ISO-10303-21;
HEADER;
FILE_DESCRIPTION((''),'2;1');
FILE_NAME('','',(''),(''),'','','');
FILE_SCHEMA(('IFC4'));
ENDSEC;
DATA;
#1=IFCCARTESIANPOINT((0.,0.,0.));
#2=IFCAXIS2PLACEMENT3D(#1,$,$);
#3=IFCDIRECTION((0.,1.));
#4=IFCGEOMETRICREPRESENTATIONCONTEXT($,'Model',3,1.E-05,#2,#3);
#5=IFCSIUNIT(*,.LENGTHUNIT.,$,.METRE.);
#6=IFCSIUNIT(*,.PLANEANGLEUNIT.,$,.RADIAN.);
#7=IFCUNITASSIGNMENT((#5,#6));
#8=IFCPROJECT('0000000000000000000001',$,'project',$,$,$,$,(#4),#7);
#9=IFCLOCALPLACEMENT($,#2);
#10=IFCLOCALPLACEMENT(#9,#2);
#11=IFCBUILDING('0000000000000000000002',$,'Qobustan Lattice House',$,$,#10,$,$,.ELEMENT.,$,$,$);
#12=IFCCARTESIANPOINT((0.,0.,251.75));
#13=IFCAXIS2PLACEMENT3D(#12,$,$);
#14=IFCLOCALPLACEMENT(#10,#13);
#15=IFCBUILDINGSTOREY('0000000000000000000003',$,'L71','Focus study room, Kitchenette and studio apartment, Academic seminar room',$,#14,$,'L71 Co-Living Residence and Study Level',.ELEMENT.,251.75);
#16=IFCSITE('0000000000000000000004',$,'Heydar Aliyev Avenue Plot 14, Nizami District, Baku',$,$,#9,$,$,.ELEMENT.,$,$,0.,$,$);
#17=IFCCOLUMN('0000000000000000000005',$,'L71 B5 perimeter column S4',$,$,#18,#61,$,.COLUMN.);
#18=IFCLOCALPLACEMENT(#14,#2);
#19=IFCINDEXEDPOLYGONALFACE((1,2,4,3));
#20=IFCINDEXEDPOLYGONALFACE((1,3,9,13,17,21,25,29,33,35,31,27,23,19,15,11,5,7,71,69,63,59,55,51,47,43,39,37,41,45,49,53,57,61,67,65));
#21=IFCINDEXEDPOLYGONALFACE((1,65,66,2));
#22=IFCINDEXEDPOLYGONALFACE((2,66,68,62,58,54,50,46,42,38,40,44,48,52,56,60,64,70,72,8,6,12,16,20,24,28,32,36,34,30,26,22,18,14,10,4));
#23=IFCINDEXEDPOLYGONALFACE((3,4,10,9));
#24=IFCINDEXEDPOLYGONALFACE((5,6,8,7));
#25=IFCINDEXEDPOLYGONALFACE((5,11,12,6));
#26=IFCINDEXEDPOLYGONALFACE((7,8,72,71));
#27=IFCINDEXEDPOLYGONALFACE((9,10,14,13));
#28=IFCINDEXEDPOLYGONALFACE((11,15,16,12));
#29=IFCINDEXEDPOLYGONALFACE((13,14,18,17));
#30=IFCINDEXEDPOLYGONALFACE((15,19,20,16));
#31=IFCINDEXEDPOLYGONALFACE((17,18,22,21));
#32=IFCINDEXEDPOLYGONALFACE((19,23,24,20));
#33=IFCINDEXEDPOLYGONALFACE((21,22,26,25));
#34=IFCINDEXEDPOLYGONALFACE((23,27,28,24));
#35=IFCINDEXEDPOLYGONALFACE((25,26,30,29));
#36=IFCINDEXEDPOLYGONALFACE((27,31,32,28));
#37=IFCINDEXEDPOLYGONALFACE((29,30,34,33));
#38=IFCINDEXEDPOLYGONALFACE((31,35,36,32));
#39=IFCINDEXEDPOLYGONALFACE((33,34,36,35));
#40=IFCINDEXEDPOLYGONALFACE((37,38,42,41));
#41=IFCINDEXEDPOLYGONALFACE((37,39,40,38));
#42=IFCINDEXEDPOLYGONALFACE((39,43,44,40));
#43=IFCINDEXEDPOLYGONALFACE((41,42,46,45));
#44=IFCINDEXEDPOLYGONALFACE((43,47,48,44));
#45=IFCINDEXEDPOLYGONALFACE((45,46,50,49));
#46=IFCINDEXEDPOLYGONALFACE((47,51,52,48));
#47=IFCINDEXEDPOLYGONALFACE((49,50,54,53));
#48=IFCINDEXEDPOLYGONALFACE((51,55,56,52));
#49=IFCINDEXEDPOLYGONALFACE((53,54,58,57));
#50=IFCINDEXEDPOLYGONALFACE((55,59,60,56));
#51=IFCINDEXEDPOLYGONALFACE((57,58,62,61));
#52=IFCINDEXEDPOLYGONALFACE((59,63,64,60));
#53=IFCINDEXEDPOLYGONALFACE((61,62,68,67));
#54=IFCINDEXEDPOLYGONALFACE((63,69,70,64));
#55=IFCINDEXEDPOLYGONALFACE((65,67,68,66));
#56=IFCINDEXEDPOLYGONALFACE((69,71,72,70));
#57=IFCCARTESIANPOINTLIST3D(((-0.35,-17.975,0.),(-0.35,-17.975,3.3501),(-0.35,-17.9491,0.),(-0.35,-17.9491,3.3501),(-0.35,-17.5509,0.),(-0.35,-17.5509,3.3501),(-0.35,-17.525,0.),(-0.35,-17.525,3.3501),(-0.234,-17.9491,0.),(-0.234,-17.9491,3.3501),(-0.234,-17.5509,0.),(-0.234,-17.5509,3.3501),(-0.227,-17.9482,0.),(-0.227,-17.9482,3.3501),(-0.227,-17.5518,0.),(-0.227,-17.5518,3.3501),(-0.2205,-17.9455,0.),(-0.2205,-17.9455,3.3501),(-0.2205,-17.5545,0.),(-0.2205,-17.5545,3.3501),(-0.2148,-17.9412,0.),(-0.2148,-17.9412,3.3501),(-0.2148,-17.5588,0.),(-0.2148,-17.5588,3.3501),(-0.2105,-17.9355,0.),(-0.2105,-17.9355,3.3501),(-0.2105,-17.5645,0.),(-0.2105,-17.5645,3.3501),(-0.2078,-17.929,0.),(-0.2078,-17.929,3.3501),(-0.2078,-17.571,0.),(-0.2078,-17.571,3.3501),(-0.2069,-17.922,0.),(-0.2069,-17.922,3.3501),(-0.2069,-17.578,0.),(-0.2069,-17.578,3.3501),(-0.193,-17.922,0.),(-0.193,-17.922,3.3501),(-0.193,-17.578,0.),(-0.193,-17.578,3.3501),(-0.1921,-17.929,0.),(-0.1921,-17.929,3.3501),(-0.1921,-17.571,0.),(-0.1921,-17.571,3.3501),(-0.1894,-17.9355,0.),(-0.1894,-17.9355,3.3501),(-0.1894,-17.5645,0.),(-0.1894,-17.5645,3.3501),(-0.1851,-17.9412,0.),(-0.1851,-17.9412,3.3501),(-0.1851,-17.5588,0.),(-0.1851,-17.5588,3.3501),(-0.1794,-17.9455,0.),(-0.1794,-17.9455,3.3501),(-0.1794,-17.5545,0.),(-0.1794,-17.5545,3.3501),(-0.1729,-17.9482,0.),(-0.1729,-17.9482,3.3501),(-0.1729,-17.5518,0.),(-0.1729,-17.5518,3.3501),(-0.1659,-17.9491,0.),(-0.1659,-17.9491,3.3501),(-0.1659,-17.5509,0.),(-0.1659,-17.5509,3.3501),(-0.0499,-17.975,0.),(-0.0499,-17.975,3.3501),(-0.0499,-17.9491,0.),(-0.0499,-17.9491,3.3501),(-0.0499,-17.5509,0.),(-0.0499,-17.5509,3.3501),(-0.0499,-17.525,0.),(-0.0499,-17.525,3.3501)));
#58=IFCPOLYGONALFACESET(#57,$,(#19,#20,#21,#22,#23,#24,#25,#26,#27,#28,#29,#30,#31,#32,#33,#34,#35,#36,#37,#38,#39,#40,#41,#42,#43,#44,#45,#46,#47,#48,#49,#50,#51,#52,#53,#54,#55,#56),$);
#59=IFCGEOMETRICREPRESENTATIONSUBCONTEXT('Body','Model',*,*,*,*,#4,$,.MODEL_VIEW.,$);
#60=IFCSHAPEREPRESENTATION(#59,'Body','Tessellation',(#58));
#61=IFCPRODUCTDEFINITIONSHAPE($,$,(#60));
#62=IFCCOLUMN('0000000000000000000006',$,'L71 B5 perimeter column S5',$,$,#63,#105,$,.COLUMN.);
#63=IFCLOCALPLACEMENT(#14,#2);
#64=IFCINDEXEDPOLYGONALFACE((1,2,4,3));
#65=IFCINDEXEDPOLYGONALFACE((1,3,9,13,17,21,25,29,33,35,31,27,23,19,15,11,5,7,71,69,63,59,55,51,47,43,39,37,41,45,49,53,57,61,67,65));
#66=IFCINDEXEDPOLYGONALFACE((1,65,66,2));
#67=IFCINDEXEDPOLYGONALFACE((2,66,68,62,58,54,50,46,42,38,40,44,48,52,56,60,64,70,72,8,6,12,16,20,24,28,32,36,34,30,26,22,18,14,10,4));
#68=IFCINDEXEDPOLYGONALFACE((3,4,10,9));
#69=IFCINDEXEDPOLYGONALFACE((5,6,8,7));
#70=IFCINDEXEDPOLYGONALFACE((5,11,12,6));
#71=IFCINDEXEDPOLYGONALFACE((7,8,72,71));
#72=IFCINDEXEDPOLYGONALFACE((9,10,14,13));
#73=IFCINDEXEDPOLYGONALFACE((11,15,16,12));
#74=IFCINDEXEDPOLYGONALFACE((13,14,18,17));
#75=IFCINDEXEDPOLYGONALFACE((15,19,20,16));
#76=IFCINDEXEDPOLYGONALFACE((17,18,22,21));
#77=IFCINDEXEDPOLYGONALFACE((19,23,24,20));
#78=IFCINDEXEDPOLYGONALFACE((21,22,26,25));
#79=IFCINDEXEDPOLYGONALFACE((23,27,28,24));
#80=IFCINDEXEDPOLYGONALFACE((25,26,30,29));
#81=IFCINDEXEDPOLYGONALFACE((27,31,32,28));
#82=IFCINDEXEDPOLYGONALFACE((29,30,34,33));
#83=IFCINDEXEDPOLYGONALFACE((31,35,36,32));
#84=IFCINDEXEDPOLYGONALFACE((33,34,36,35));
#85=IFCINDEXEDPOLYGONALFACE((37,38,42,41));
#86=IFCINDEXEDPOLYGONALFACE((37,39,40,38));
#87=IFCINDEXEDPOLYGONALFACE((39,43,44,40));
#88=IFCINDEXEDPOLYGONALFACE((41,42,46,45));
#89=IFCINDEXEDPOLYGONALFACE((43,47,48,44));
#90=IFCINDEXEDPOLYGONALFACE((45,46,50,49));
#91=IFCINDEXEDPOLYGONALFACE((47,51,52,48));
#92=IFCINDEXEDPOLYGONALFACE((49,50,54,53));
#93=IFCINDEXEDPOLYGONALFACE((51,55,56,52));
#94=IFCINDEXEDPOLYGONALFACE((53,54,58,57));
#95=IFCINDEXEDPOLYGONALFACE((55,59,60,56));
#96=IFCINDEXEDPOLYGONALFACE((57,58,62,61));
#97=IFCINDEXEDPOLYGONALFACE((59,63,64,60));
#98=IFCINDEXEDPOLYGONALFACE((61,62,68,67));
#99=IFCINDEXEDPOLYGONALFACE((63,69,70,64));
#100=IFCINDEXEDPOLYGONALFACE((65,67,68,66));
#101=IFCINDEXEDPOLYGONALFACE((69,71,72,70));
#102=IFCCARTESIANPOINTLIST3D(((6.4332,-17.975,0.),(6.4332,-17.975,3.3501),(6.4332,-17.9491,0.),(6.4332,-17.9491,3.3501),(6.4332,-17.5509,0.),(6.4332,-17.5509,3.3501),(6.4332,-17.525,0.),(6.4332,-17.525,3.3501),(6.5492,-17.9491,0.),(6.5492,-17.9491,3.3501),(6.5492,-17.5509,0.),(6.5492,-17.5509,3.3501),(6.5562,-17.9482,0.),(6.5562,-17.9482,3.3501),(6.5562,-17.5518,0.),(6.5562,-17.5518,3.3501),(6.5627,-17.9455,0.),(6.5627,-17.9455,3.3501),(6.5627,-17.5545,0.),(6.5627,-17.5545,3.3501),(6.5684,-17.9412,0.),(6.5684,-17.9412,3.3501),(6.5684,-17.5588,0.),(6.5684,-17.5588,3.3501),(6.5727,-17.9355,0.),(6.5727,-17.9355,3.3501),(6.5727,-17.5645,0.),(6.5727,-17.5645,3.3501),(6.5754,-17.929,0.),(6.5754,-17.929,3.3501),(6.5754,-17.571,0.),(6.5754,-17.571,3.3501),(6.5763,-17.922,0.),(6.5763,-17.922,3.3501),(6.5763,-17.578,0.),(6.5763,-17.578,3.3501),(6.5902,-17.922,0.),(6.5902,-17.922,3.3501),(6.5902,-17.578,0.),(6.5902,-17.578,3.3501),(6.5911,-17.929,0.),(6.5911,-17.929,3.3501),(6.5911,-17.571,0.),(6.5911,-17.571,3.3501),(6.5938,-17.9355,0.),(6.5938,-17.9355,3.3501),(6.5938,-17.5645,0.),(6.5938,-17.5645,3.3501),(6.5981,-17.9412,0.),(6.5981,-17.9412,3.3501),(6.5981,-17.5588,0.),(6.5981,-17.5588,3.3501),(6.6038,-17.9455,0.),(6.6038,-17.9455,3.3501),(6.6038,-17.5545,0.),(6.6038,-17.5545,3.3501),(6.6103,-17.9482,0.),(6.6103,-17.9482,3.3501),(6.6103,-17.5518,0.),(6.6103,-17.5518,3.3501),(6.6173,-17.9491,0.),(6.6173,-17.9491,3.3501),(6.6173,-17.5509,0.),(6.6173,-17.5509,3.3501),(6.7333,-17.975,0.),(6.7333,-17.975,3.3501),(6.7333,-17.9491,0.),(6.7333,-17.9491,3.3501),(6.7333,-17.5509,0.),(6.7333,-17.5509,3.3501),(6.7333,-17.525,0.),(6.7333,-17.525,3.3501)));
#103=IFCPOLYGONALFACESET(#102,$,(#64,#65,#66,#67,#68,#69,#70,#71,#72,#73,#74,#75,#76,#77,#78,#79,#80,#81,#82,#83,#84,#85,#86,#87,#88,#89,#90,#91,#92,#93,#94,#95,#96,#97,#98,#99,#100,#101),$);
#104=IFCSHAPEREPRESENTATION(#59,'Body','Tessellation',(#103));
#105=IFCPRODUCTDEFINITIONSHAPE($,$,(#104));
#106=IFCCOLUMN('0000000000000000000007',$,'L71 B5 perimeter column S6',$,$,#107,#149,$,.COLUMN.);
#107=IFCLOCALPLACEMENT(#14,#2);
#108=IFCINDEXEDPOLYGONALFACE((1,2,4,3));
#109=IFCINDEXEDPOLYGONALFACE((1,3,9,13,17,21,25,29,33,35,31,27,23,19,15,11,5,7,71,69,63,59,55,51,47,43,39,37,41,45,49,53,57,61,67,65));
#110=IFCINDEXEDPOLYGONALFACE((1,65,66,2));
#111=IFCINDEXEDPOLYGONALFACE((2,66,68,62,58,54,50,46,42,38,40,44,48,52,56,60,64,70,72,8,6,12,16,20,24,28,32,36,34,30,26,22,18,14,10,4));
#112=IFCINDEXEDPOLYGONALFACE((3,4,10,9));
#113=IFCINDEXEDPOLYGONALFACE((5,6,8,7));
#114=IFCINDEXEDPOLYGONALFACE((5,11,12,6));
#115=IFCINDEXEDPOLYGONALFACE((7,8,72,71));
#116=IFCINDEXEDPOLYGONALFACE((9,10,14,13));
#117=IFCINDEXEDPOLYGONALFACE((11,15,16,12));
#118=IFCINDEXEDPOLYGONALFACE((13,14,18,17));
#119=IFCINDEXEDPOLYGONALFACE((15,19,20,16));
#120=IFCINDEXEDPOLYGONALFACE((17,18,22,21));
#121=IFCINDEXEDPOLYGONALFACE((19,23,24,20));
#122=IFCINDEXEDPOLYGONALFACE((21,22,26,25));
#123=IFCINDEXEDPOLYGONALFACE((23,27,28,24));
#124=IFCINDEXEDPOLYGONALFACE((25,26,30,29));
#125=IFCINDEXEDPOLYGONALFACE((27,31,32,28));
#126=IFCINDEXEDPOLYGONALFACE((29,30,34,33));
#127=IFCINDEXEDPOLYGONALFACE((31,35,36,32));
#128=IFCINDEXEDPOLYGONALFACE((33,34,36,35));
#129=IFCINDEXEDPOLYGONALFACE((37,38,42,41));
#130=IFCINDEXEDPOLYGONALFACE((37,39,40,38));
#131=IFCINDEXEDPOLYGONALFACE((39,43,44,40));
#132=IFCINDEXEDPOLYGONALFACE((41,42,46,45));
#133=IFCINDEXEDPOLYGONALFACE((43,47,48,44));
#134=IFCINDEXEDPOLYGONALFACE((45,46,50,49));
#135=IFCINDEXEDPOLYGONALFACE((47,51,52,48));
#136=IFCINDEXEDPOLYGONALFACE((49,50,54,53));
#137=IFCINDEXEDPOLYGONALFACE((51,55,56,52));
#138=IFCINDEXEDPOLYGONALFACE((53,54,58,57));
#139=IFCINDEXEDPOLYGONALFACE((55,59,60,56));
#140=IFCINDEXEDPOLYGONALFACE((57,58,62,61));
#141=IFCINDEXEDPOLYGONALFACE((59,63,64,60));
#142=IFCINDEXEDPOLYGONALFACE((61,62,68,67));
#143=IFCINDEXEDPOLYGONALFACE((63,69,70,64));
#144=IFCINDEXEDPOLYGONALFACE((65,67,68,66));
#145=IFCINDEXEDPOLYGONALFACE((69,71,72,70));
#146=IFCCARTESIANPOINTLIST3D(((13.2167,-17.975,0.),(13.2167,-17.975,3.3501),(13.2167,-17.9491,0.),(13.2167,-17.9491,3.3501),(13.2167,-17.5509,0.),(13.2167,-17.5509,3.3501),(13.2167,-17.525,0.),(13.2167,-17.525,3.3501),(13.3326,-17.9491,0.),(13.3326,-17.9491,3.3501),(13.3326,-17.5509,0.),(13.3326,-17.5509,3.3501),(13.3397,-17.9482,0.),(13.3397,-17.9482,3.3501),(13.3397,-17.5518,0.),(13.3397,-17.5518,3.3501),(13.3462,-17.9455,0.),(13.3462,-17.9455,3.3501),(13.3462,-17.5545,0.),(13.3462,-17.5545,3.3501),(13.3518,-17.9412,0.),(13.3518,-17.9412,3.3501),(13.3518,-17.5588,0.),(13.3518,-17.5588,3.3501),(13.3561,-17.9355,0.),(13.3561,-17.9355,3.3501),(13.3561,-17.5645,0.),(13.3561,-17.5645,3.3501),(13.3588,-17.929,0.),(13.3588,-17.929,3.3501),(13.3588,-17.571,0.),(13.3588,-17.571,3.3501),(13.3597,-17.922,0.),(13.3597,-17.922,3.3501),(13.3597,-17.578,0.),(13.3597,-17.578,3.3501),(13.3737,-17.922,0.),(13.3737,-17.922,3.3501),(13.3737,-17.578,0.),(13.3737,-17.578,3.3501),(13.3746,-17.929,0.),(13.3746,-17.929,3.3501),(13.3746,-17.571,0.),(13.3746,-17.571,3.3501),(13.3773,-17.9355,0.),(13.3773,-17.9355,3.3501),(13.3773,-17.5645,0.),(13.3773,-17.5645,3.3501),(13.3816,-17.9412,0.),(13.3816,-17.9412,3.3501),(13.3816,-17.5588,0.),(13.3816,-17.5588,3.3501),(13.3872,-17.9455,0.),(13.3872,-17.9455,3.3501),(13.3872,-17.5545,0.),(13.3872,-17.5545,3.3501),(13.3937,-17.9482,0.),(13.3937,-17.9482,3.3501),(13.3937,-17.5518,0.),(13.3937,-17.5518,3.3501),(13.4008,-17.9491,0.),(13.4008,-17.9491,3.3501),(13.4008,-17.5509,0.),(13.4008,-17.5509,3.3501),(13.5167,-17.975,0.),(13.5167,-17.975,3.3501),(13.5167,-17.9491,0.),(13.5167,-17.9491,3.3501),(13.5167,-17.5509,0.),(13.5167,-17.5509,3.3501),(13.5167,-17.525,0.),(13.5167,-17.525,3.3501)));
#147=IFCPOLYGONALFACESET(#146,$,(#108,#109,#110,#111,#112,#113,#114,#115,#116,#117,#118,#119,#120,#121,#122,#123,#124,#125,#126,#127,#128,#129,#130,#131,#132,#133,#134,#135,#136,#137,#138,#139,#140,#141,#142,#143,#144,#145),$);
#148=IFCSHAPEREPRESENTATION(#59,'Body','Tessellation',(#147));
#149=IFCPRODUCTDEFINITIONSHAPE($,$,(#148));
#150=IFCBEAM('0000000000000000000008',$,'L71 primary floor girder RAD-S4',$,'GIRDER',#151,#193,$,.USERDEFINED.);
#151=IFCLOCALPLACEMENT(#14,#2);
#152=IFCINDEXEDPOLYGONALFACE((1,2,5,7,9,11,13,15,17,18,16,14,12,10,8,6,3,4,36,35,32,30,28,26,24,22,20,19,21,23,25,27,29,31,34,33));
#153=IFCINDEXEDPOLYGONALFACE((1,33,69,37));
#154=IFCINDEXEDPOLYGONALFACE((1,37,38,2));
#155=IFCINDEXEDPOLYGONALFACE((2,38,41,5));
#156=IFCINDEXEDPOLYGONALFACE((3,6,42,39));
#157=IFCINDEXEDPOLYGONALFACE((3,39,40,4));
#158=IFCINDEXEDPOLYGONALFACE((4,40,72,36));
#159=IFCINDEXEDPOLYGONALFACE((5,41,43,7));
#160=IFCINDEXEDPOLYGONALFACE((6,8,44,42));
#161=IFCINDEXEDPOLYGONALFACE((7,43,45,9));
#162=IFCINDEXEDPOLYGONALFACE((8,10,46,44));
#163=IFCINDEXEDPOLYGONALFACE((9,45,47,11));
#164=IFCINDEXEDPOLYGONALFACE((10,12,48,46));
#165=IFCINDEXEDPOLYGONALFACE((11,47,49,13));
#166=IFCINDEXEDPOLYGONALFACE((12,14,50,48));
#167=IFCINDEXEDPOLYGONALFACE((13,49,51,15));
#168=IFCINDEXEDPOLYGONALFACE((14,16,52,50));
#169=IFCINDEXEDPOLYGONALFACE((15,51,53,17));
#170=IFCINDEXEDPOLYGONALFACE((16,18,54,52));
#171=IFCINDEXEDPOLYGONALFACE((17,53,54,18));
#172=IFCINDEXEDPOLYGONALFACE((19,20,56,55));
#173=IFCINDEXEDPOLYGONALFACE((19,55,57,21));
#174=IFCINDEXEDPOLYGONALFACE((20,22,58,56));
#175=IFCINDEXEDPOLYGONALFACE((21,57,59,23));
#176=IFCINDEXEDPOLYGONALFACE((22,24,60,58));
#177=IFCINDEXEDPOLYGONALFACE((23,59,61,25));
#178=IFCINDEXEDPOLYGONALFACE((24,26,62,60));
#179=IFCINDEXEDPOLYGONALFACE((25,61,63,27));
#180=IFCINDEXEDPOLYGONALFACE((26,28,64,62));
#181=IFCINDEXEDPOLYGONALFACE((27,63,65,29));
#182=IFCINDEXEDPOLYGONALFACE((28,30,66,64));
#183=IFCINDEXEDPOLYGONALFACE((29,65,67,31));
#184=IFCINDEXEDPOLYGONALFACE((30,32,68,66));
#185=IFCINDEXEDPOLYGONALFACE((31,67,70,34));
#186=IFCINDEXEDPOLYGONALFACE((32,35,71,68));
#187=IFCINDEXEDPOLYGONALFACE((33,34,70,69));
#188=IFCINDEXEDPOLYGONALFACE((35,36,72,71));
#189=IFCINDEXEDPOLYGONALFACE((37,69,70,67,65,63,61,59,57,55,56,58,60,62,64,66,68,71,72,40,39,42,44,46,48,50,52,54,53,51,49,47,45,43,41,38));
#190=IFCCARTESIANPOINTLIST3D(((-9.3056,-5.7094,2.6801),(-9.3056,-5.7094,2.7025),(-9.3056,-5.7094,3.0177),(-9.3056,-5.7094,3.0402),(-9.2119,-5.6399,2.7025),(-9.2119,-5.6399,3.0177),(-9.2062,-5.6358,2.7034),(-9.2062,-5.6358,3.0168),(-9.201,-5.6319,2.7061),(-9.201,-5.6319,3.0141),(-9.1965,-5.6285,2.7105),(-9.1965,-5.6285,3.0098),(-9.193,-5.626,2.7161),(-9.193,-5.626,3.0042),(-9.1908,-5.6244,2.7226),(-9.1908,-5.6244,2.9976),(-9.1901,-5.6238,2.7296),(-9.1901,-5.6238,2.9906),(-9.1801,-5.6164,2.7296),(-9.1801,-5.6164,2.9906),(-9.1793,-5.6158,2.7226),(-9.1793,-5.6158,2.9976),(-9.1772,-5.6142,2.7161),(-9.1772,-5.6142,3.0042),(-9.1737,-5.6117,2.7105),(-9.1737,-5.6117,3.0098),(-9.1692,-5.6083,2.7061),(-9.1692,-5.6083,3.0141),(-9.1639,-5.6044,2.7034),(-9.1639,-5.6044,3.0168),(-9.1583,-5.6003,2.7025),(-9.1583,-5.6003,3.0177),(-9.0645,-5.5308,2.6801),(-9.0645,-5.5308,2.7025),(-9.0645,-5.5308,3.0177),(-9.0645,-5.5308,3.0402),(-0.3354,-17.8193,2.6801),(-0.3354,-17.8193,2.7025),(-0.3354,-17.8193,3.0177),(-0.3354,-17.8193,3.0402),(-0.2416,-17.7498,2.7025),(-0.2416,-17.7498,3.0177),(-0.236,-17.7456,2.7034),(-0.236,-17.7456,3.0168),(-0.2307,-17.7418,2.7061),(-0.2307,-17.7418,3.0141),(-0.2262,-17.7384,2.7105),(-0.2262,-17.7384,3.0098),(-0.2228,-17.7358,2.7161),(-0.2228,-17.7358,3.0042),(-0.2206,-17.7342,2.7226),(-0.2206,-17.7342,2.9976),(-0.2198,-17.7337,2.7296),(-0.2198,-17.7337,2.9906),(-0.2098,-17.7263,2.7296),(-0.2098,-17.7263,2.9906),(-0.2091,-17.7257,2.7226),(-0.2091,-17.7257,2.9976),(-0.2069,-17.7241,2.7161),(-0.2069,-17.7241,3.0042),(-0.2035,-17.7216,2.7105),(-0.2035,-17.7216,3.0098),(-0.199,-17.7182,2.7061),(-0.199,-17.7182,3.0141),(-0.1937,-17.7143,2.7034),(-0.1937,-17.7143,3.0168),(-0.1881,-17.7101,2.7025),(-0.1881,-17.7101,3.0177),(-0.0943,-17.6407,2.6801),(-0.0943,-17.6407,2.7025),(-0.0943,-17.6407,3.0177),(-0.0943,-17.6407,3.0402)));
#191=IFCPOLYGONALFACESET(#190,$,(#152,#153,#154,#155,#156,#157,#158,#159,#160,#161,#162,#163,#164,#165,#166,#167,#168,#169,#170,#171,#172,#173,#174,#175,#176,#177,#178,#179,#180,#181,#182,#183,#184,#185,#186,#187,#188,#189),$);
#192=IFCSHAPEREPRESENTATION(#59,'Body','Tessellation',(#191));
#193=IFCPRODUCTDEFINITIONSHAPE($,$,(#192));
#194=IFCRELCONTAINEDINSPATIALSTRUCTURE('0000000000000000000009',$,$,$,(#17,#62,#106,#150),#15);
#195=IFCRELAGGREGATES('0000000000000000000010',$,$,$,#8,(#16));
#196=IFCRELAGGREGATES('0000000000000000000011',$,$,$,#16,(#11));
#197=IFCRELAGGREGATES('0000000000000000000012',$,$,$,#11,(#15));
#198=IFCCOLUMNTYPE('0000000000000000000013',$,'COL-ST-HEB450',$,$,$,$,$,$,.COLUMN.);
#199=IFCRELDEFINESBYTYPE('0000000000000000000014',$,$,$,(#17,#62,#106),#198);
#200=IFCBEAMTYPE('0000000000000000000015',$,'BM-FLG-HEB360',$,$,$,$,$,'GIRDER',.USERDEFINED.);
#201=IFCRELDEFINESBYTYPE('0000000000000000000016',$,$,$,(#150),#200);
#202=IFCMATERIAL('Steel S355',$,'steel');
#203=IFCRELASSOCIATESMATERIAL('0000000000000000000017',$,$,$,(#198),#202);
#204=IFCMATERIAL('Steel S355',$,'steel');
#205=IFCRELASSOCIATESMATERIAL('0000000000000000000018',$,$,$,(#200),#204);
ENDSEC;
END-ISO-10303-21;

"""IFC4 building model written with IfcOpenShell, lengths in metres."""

from ifc_helpers import new_model, si_unit, direction, frame, origin, origin_2d, place, context, subcontext, project, spatial, i_section, extrude, material, material_profile, profile_set, type_object, element, save


model = new_model("IFC4")

# Units and contexts
model_context = context("Model", 3, precision=1e-05, world=origin(), true_north=direction((0.0, 1.0)))
body_context = subcontext(model_context, "Body", "Model", "MODEL_VIEW")
ifc_project = project(units=[si_unit("LENGTHUNIT", "METRE"), si_unit("PLANEANGLEUNIT", "RADIAN")], contexts=[model_context])

# Site, building, storey
site_placement = place(None, origin())
site = spatial("IfcSite", under=ifc_project, at=site_placement, Name="Heydar Aliyev Avenue Plot 14, Nizami District, Baku", CompositionType="ELEMENT", RefElevation=0.0)
building_placement = place(site_placement, origin())
building = spatial("IfcBuilding", under=site, at=building_placement, Name="Qobustan Lattice House", CompositionType="ELEMENT")
storey_placement = place(building_placement, frame((0.0, 0.0, 251.75)))
storey = spatial("IfcBuildingStorey", under=building, at=storey_placement, Name="L71", Description="Focus study room, Kitchenette and studio apartment, Academic seminar room", LongName="L71 Co-Living Residence and Study Level", CompositionType="ELEMENT", Elevation=251.75)

# Columns
ifc_material_1 = material(Name="Steel S355", Category="steel")
ifc_material_profile_1 = material_profile(ifc_material_1, i_section(OverallWidth=0.3, OverallDepth=0.45, WebThickness=0.0139, FlangeThickness=0.0259, FilletRadius=0.0271, at=origin_2d()), Name="HEB450")
ifc_profile_set_1 = profile_set([ifc_material_profile_1], Name="Steel S355")
column_type = type_object("IfcColumnType", Name="COL-ST-HEB450", PredefinedType="COLUMN", material=ifc_profile_set_1)
for number, where, z_axis, x_axis, name in (
    (1, (-0.2, -17.75, 0.0), (0.0, 0.0, 1.0), (1.0, 0.0, 0.0), "L71 B5 perimeter column S4"),
    (2, (6.5833, -17.75, 0.0), (0.0, 0.0, 1.0), (1.0, 0.0, 0.0), "L71 B5 perimeter column S5"),
    (3, (13.3667, -17.75, 0.0), (0.0, 0.0, 1.0), (1.0, 0.0, 0.0), "L71 B5 perimeter column S6"),
):
    element("IfcColumn", number, at=place(storey_placement, frame(where, z_axis=z_axis, x_axis=x_axis)), inside=storey, type_object=column_type, Name=name, PredefinedType="COLUMN", context=body_context, shape_type="SweptSolid", body=[
        extrude(i_section(OverallWidth=0.3, OverallDepth=0.45, WebThickness=0.0139, FlangeThickness=0.0259, FilletRadius=0.0271, at=origin_2d()), origin(), (0.0, 0.0, 1.0), 3.3501),
    ])

# Beam
ifc_material_2 = material(Name="Steel S355", Category="steel")
ifc_material_profile_2 = material_profile(ifc_material_2, i_section(OverallWidth=0.3, OverallDepth=0.3601, WebThickness=0.0125, FlangeThickness=0.0225, FilletRadius=0.0271, at=origin_2d()), Name="HEB360")
ifc_profile_set_2 = profile_set([ifc_material_profile_2], Name="Steel S355")
beam_type_1 = type_object("IfcBeamType", Name="BM-FLG-HEB360", ElementType="GIRDER", PredefinedType="USERDEFINED", material=ifc_profile_set_2)
beam_1_placement = place(storey_placement, frame((-0.2148, -17.73, 2.8601), z_axis=(-0.595225, 0.803559, 0.0), x_axis=(-0.803559, -0.595225, 0.0)))
element("IfcBeam", 4, at=beam_1_placement, inside=storey, type_object=beam_type_1, Name="L71 primary floor girder RAD-S4", ObjectType="GIRDER", PredefinedType="USERDEFINED", context=body_context, shape_type="SweptSolid", body=[
    extrude(i_section(OverallWidth=0.3, OverallDepth=0.3601, WebThickness=0.0125, FlangeThickness=0.0225, FilletRadius=0.0271, at=origin_2d()), origin(), (0.0, 0.0, 1.0), 15.0703),
])

save(model, "model.ifc")
